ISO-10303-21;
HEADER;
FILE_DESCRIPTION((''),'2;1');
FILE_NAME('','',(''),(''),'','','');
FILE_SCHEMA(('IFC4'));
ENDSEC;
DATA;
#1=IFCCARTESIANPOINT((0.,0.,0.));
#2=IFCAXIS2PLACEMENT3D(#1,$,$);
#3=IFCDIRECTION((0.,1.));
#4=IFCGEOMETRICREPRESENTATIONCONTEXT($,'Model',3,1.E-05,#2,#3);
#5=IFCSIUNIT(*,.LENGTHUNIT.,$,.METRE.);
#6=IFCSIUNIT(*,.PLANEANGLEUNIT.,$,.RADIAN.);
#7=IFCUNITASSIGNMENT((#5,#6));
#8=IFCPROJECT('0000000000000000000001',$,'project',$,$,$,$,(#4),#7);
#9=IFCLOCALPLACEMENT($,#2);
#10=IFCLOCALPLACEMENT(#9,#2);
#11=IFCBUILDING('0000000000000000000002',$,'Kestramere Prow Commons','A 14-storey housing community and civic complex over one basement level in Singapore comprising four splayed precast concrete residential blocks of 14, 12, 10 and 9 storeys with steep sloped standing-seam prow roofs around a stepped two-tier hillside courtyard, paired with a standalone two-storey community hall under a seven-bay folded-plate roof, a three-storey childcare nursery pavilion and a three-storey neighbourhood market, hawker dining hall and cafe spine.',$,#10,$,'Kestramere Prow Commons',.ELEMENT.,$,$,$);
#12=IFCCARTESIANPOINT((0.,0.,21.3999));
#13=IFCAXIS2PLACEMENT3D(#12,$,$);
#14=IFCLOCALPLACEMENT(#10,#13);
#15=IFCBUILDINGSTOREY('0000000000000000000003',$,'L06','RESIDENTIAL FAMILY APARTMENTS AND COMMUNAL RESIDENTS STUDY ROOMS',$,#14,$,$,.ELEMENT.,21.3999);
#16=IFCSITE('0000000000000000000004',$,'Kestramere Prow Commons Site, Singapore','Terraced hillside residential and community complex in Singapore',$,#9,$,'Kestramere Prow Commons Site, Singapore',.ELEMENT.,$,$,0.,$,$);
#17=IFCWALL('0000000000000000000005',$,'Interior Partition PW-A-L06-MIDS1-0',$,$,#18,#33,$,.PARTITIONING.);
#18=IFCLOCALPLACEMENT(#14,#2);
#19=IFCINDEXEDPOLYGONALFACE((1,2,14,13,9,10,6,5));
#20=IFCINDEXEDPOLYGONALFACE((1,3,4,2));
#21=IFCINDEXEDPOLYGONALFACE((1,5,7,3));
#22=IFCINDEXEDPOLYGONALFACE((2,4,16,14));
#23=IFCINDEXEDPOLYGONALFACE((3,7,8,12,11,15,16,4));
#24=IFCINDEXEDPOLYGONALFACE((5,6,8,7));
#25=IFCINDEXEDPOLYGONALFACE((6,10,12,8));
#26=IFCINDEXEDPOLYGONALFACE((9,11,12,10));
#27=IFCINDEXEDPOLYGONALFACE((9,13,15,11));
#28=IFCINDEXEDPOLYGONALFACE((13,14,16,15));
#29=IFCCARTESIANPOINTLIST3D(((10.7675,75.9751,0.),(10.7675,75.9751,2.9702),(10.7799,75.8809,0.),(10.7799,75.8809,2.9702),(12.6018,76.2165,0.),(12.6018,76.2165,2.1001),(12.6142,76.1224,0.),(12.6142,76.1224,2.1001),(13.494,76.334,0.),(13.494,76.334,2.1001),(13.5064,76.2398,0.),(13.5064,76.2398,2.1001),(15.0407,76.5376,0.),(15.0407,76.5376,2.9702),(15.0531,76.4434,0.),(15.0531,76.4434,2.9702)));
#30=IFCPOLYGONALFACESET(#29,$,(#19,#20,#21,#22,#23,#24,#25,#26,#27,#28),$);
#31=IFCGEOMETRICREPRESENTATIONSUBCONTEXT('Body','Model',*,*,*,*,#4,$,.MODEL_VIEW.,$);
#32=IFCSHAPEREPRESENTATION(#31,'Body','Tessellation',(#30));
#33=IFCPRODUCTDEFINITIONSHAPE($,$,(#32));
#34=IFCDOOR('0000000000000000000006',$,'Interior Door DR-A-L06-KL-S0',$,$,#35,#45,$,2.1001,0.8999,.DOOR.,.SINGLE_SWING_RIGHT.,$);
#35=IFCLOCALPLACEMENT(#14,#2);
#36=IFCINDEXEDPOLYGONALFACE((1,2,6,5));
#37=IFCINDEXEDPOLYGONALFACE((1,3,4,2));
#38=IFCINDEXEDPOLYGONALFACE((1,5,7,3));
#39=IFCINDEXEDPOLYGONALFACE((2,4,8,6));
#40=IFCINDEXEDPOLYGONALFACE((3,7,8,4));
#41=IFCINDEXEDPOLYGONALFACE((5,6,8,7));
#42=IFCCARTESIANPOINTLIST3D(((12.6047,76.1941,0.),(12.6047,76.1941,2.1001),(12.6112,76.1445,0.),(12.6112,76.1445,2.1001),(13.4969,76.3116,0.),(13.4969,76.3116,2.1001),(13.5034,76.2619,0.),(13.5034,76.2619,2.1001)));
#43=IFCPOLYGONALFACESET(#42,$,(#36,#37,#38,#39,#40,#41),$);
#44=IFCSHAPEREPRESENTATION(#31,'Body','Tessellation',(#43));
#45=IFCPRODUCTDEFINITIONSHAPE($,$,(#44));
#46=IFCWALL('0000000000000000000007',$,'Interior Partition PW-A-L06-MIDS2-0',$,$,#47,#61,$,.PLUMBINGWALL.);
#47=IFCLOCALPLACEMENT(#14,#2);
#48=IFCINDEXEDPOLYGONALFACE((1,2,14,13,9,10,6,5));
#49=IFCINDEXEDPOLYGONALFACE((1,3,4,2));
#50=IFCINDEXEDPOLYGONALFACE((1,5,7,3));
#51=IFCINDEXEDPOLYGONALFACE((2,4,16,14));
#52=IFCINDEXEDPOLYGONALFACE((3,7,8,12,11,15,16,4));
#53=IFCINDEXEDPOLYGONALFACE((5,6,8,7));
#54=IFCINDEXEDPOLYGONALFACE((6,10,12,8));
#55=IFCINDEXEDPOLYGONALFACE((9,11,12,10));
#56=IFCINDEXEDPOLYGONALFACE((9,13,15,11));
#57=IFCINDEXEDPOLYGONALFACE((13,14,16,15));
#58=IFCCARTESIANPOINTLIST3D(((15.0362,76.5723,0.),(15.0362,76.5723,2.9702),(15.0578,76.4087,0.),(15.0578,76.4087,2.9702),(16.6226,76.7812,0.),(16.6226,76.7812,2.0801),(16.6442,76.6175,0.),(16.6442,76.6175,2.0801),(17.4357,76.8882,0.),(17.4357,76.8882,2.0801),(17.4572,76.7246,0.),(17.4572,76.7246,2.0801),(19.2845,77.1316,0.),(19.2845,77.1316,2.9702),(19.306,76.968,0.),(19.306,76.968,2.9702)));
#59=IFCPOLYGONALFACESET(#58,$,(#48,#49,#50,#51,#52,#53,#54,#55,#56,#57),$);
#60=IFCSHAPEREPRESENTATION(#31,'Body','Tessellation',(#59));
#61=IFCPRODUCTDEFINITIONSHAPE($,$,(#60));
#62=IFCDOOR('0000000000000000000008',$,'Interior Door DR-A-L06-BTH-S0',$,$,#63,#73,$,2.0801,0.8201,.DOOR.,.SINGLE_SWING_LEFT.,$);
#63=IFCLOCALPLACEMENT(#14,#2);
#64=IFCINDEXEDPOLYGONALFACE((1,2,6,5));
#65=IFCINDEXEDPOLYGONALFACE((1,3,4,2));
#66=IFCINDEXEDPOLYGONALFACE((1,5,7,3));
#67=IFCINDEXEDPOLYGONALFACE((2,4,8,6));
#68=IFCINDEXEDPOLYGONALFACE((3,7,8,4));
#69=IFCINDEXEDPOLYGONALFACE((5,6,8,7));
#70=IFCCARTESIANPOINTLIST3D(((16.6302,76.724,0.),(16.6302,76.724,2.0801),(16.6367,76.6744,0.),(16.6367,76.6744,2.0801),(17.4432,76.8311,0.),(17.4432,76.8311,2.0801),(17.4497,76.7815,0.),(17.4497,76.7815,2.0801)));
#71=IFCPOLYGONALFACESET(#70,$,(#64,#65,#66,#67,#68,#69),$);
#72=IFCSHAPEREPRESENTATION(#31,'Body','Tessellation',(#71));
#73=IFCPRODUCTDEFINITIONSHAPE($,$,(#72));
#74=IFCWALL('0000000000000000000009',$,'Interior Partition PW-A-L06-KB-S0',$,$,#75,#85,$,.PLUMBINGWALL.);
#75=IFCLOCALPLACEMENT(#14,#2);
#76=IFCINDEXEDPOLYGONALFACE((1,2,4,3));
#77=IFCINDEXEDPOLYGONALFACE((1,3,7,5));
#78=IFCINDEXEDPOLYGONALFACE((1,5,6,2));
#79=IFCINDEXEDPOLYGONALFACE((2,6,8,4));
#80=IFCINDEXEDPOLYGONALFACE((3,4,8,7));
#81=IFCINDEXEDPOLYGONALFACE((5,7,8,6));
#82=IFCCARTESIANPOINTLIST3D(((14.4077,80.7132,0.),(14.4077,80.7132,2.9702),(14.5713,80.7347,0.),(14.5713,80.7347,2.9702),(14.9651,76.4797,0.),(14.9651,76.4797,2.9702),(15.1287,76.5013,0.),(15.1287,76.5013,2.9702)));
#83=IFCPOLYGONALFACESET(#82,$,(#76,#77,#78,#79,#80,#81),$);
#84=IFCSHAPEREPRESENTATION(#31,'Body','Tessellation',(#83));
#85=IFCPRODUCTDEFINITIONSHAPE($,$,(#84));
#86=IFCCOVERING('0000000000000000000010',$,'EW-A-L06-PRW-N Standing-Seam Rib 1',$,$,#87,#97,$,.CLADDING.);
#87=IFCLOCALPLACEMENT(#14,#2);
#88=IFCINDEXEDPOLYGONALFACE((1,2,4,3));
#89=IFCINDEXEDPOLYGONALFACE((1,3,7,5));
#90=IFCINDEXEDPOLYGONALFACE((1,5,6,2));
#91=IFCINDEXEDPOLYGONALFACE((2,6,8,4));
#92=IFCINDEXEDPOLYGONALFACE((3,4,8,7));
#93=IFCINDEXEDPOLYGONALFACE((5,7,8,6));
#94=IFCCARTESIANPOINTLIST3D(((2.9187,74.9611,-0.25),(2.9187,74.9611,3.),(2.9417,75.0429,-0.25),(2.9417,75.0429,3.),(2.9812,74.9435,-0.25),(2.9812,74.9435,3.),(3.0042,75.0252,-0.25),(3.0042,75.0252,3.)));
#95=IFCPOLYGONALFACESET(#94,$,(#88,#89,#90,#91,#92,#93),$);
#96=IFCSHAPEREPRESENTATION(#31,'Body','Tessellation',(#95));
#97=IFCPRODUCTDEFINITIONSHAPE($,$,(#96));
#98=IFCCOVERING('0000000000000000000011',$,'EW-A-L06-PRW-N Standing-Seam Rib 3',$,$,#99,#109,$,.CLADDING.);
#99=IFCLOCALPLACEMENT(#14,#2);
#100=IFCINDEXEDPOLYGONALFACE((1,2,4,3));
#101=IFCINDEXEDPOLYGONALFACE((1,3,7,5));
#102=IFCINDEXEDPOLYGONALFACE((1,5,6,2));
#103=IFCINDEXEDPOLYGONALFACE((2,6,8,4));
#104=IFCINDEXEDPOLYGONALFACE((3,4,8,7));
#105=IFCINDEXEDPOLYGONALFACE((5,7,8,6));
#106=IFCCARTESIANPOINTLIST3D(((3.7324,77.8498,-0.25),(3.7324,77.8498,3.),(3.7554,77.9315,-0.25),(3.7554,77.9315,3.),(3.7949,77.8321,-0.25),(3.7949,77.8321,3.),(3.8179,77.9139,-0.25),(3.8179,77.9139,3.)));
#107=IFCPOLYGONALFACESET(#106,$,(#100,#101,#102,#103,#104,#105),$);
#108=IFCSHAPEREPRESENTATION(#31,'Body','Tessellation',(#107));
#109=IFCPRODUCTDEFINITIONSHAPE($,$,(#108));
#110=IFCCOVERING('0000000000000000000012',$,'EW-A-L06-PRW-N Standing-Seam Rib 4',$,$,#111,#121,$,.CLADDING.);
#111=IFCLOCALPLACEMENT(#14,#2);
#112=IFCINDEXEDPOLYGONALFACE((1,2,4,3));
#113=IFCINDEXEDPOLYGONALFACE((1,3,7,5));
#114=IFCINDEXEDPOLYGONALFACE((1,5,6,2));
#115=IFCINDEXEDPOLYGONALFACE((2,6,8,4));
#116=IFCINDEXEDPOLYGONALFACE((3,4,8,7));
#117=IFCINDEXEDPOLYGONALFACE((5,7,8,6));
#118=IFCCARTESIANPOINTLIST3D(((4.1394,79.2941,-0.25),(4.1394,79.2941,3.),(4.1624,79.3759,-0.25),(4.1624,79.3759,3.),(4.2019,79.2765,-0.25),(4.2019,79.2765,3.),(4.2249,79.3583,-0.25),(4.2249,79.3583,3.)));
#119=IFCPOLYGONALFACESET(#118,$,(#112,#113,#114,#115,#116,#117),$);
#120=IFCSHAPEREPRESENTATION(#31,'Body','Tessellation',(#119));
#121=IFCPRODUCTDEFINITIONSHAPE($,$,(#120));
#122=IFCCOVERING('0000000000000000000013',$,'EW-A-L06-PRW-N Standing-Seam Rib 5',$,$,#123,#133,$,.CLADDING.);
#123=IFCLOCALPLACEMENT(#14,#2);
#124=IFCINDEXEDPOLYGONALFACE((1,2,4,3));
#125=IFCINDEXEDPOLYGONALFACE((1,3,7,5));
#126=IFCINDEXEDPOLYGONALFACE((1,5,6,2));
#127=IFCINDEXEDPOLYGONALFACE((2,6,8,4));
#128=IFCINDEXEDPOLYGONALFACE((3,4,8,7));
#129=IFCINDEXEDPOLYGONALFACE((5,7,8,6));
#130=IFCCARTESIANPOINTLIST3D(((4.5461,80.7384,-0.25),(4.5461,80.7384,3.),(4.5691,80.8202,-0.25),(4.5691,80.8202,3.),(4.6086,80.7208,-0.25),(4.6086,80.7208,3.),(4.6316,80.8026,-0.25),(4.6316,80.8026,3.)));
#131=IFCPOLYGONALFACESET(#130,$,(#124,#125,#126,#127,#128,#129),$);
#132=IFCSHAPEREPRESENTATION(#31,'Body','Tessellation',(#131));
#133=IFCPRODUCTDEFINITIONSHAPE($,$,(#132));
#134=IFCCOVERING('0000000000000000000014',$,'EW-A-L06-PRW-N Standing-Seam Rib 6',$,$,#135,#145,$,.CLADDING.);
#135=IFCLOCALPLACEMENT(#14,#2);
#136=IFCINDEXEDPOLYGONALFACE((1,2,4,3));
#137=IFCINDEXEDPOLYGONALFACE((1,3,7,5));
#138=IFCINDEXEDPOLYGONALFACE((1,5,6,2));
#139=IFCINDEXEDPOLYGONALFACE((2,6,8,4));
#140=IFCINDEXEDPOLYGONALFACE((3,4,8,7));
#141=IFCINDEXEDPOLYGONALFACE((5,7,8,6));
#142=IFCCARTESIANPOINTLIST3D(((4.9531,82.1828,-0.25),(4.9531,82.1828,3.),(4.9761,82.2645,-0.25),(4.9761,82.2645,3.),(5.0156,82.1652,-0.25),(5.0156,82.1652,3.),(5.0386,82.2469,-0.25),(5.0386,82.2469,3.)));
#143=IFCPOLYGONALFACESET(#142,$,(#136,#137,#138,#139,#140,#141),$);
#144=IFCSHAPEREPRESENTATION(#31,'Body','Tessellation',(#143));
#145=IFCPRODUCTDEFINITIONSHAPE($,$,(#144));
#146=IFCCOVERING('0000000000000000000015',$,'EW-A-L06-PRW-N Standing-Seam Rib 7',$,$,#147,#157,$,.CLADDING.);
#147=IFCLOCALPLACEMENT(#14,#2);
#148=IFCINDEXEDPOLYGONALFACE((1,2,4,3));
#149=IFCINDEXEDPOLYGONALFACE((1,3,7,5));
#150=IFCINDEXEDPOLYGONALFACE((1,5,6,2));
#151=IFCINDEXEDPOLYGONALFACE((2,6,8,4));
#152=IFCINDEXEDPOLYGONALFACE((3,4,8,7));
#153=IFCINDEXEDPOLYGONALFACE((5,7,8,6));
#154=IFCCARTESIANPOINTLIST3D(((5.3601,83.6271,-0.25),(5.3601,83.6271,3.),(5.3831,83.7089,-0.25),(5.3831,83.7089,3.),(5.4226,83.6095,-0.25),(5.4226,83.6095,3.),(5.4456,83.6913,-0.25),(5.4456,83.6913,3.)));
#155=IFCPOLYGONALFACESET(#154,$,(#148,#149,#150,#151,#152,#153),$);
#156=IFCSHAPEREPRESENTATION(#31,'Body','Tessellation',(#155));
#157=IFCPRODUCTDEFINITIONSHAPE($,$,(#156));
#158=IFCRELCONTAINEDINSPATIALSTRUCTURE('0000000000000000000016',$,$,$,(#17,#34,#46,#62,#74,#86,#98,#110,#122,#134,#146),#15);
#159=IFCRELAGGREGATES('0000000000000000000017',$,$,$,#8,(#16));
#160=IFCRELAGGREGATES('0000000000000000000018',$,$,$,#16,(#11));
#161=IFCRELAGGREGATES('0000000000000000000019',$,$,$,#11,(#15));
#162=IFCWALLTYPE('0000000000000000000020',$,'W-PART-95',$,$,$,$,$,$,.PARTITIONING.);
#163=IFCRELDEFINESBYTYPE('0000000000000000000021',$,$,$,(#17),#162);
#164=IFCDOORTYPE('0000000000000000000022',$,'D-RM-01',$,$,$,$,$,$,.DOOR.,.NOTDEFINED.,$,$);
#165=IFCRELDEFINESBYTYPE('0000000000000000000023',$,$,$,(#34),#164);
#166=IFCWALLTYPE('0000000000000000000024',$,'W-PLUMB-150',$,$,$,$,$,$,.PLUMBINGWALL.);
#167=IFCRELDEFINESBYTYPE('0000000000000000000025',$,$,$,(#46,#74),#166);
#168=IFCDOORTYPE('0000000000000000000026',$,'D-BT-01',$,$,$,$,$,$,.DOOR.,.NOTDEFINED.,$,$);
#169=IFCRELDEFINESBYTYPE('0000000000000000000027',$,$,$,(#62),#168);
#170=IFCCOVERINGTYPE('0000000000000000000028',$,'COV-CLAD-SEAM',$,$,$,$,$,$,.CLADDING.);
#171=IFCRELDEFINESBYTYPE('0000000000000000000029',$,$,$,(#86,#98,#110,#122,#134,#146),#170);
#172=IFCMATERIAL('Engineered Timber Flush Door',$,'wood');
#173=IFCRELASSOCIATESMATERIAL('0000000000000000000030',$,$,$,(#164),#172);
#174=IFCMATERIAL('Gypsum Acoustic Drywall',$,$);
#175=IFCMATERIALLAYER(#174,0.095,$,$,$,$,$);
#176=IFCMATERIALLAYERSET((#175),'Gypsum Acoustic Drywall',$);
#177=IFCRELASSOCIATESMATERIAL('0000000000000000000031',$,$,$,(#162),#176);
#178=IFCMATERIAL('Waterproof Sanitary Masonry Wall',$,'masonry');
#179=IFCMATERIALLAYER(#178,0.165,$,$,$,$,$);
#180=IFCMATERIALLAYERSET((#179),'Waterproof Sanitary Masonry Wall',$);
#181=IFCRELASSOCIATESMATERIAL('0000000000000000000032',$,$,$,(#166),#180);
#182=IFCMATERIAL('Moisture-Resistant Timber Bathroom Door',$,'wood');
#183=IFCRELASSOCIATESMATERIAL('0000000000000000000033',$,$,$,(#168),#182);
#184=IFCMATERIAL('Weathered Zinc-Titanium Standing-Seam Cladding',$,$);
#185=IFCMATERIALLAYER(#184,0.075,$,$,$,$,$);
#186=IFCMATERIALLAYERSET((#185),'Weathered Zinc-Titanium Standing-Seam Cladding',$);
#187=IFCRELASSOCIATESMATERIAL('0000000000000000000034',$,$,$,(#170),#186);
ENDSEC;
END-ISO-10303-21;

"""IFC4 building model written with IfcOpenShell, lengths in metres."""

from ifc_helpers import new_model, si_unit, direction, frame, frame_2d, origin, origin_2d, place, context, subcontext, project, spatial, rectangle, extrude, material, layer, layer_set, type_object, element, fill, save


model = new_model("IFC4")

# Units and contexts
model_context = context("Model", 3, precision=1e-05, world=origin(), true_north=direction((0.0, 1.0)))
body_context = subcontext(model_context, "Body", "Model", "MODEL_VIEW")
ifc_project = project(units=[si_unit("LENGTHUNIT", "METRE"), si_unit("PLANEANGLEUNIT", "RADIAN")], contexts=[model_context])

# Site, building, storey
site_placement = place(None, origin())
site = spatial("IfcSite", under=ifc_project, at=site_placement, Name="Kestramere Prow Commons Site, Singapore", Description="Terraced hillside residential and community complex in Singapore", LongName="Kestramere Prow Commons Site, Singapore", CompositionType="ELEMENT", RefElevation=0.0)
building_placement = place(site_placement, origin())
building = spatial("IfcBuilding", under=site, at=building_placement, Name="Kestramere Prow Commons", Description="A 14-storey housing community and civic complex over one basement level in Singapore comprising four splayed precast concrete residential blocks of 14, 12, 10 and 9 storeys with steep sloped standing-seam prow roofs around a stepped two-tier hillside courtyard, paired with a standalone two-storey community hall under a seven-bay folded-plate roof, a three-storey childcare nursery pavilion and a three-storey neighbourhood market, hawker dining hall and cafe spine.", LongName="Kestramere Prow Commons", CompositionType="ELEMENT")
storey_placement = place(building_placement, frame((0.0, 0.0, 21.3999)))
storey = spatial("IfcBuildingStorey", under=building, at=storey_placement, Name="L06", Description="RESIDENTIAL FAMILY APARTMENTS AND COMMUNAL RESIDENTS STUDY ROOMS", CompositionType="ELEMENT", Elevation=21.3999)

# Walls, openings, doors
ifc_material_1 = material(Name="Engineered Timber Flush Door", Category="wood")
door_type_1 = type_object("IfcDoorType", Name="D-RM-01", OperationType="NOTDEFINED", PredefinedType="DOOR", material=ifc_material_1)
ifc_material_2 = material(Name="Gypsum Acoustic Drywall")
ifc_layer_1 = layer(ifc_material_2, 0.095)
ifc_layer_set_1 = layer_set([ifc_layer_1], Name="Gypsum Acoustic Drywall")
wall_type_1 = type_object("IfcWallType", Name="W-PART-95", PredefinedType="PARTITIONING", material=ifc_layer_set_1)
wall_1_placement = place(storey_placement, frame((10.7737, 75.928, 0.0), z_axis=(0.0, 0.0, 1.0), x_axis=(0.991447, 0.130509, 0.0)))
wall_1 = element("IfcWall", 1, at=wall_1_placement, inside=storey, type_object=wall_type_1, Name="Interior Partition PW-A-L06-MIDS1-0", PredefinedType="PARTITIONING", context=body_context, shape_type="SweptSolid", body=[
    extrude(rectangle(XDim=4.3101, YDim=0.095, at=frame_2d((2.155, 0.0))), origin(), (0.0, 0.0, 1.0), 2.9702),
])
opening_1_placement = place(wall_1_placement, frame((1.8501, 0.0, 0.0)))
opening_1 = element("IfcOpeningElement", 2, at=opening_1_placement, cuts=wall_1, PredefinedType="OPENING", context=body_context, shape_type="SweptSolid", body=[
    extrude(rectangle(XDim=0.8999, YDim=2.1001, at=frame_2d((0.45, 1.05))), frame((0.0, 0.0625, 0.0), z_axis=(0.0, -1.0, 0.0), x_axis=(1.0, 0.0, 0.0)), (0.0, 0.0, 1.0), 0.125),
])
door_1_placement = place(opening_1_placement, origin())
door_1 = element("IfcDoor", 3, at=door_1_placement, inside=storey, type_object=door_type_1, Name="Interior Door DR-A-L06-KL-S0", OperationType="SINGLE_SWING_RIGHT", OverallHeight=2.1001, OverallWidth=0.8999, PredefinedType="DOOR", context=body_context, shape_type="SweptSolid", body=[
    extrude(rectangle(XDim=0.8999, YDim=2.1001, at=frame_2d((0.45, 1.05))), frame((0.0, 0.0249, 0.0), z_axis=(0.0, -1.0, 0.0), x_axis=(1.0, 0.0, 0.0)), (0.0, 0.0, 1.0), 0.05),
])
fill(opening_1, door_1)
ifc_material_3 = material(Name="Waterproof Sanitary Masonry Wall", Category="masonry")
ifc_layer_2 = layer(ifc_material_3, 0.165)
ifc_layer_set_2 = layer_set([ifc_layer_2], Name="Waterproof Sanitary Masonry Wall")
wall_type_2 = type_object("IfcWallType", Name="W-PLUMB-150", PredefinedType="PLUMBINGWALL", material=ifc_layer_set_2)
wall_2_placement = place(storey_placement, frame((15.0469, 76.4905, 0.0), z_axis=(0.0, 0.0, 1.0), x_axis=(0.991444, 0.130533, 0.0)))
wall_2 = element("IfcWall", 4, at=wall_2_placement, inside=storey, type_object=wall_type_2, Name="Interior Partition PW-A-L06-MIDS2-0", PredefinedType="PLUMBINGWALL", context=body_context, shape_type="SweptSolid", body=[
    extrude(rectangle(XDim=4.2849, YDim=0.165, at=frame_2d((2.1426, 0.0))), origin(), (0.0, 0.0, 1.0), 2.9702),
])
opening_2_placement = place(wall_2_placement, frame((1.6001, 0.0, 0.0)))
opening_2 = element("IfcOpeningElement", 5, at=opening_2_placement, cuts=wall_2, PredefinedType="OPENING", context=body_context, shape_type="SweptSolid", body=[
    extrude(rectangle(XDim=0.8201, YDim=2.0801, at=frame_2d((0.4102, 1.04))), frame((0.0, 0.0974, 0.0), z_axis=(0.0, -1.0, 0.0), x_axis=(1.0, 0.0, 0.0)), (0.0, 0.0, 1.0), 0.1951),
])
ifc_material_4 = material(Name="Moisture-Resistant Timber Bathroom Door", Category="wood")
door_type_2 = type_object("IfcDoorType", Name="D-BT-01", OperationType="NOTDEFINED", PredefinedType="DOOR", material=ifc_material_4)
door_2_placement = place(opening_2_placement, origin())
door_2 = element("IfcDoor", 6, at=door_2_placement, inside=storey, type_object=door_type_2, Name="Interior Door DR-A-L06-BTH-S0", OperationType="SINGLE_SWING_LEFT", OverallHeight=2.0801, OverallWidth=0.8201, PredefinedType="DOOR", context=body_context, shape_type="SweptSolid", body=[
    extrude(rectangle(XDim=0.8201, YDim=2.0801, at=frame_2d((0.4102, 1.04))), frame((0.0, 0.0249, 0.0), z_axis=(0.0, -1.0, 0.0), x_axis=(1.0, 0.0, 0.0)), (0.0, 0.0, 1.0), 0.05),
])
fill(opening_2, door_2)

# Wall
wall_3_placement = place(storey_placement, frame((15.0469, 76.4905, 0.0), z_axis=(0.0, 0.0, 1.0), x_axis=(-0.130534, 0.991444, 0.0)))
element("IfcWall", 7, at=wall_3_placement, inside=storey, type_object=wall_type_2, Name="Interior Partition PW-A-L06-KB-S0", PredefinedType="PLUMBINGWALL", context=body_context, shape_type="SweptSolid", body=[
    extrude(rectangle(XDim=4.27, YDim=0.165, at=frame_2d((2.135, 0.0))), origin(), (0.0, 0.0, 1.0), 2.9702),
])

# Coverings
ifc_material_5 = material(Name="Weathered Zinc-Titanium Standing-Seam Cladding")
ifc_layer_3 = layer(ifc_material_5, 0.075)
ifc_layer_set_3 = layer_set([ifc_layer_3], Name="Weathered Zinc-Titanium Standing-Seam Cladding")
covering_type = type_object("IfcCoveringType", Name="COV-CLAD-SEAM", PredefinedType="CLADDING", material=ifc_layer_set_3)
for number, where, z_axis, x_axis, name in (
    (8, (2.9614, 74.9932, -0.25), (0.0, 0.0, 1.0), (0.27116, 0.962534, 0.0), "EW-A-L06-PRW-N Standing-Seam Rib 1"),
    (9, (3.7751, 77.8818, -0.25), (0.0, 0.0, 1.0), (0.27116, 0.962534, 0.0), "EW-A-L06-PRW-N Standing-Seam Rib 3"),
    (10, (4.1821, 79.3262, -0.25), (0.0, 0.0, 1.0), (0.27116, 0.962534, 0.0), "EW-A-L06-PRW-N Standing-Seam Rib 4"),
    (11, (4.5889, 80.7705, -0.25), (0.0, 0.0, 1.0), (0.27116, 0.962534, 0.0), "EW-A-L06-PRW-N Standing-Seam Rib 5"),
    (12, (4.9958, 82.2148, -0.25), (0.0, 0.0, 1.0), (0.27116, 0.962534, 0.0), "EW-A-L06-PRW-N Standing-Seam Rib 6"),
    (13, (5.4028, 83.6592, -0.25), (0.0, 0.0, 1.0), (0.27116, 0.962534, 0.0), "EW-A-L06-PRW-N Standing-Seam Rib 7"),
):
    element("IfcCovering", number, at=place(storey_placement, frame(where, z_axis=z_axis, x_axis=x_axis)), inside=storey, type_object=covering_type, Name=name, PredefinedType="CLADDING", context=body_context, shape_type="SweptSolid", body=[
        extrude(rectangle(XDim=0.085, YDim=0.0649, at=origin_2d()), origin(), (0.0, 0.0, 1.0), 3.25),
    ])

save(model, "model.ifc")
